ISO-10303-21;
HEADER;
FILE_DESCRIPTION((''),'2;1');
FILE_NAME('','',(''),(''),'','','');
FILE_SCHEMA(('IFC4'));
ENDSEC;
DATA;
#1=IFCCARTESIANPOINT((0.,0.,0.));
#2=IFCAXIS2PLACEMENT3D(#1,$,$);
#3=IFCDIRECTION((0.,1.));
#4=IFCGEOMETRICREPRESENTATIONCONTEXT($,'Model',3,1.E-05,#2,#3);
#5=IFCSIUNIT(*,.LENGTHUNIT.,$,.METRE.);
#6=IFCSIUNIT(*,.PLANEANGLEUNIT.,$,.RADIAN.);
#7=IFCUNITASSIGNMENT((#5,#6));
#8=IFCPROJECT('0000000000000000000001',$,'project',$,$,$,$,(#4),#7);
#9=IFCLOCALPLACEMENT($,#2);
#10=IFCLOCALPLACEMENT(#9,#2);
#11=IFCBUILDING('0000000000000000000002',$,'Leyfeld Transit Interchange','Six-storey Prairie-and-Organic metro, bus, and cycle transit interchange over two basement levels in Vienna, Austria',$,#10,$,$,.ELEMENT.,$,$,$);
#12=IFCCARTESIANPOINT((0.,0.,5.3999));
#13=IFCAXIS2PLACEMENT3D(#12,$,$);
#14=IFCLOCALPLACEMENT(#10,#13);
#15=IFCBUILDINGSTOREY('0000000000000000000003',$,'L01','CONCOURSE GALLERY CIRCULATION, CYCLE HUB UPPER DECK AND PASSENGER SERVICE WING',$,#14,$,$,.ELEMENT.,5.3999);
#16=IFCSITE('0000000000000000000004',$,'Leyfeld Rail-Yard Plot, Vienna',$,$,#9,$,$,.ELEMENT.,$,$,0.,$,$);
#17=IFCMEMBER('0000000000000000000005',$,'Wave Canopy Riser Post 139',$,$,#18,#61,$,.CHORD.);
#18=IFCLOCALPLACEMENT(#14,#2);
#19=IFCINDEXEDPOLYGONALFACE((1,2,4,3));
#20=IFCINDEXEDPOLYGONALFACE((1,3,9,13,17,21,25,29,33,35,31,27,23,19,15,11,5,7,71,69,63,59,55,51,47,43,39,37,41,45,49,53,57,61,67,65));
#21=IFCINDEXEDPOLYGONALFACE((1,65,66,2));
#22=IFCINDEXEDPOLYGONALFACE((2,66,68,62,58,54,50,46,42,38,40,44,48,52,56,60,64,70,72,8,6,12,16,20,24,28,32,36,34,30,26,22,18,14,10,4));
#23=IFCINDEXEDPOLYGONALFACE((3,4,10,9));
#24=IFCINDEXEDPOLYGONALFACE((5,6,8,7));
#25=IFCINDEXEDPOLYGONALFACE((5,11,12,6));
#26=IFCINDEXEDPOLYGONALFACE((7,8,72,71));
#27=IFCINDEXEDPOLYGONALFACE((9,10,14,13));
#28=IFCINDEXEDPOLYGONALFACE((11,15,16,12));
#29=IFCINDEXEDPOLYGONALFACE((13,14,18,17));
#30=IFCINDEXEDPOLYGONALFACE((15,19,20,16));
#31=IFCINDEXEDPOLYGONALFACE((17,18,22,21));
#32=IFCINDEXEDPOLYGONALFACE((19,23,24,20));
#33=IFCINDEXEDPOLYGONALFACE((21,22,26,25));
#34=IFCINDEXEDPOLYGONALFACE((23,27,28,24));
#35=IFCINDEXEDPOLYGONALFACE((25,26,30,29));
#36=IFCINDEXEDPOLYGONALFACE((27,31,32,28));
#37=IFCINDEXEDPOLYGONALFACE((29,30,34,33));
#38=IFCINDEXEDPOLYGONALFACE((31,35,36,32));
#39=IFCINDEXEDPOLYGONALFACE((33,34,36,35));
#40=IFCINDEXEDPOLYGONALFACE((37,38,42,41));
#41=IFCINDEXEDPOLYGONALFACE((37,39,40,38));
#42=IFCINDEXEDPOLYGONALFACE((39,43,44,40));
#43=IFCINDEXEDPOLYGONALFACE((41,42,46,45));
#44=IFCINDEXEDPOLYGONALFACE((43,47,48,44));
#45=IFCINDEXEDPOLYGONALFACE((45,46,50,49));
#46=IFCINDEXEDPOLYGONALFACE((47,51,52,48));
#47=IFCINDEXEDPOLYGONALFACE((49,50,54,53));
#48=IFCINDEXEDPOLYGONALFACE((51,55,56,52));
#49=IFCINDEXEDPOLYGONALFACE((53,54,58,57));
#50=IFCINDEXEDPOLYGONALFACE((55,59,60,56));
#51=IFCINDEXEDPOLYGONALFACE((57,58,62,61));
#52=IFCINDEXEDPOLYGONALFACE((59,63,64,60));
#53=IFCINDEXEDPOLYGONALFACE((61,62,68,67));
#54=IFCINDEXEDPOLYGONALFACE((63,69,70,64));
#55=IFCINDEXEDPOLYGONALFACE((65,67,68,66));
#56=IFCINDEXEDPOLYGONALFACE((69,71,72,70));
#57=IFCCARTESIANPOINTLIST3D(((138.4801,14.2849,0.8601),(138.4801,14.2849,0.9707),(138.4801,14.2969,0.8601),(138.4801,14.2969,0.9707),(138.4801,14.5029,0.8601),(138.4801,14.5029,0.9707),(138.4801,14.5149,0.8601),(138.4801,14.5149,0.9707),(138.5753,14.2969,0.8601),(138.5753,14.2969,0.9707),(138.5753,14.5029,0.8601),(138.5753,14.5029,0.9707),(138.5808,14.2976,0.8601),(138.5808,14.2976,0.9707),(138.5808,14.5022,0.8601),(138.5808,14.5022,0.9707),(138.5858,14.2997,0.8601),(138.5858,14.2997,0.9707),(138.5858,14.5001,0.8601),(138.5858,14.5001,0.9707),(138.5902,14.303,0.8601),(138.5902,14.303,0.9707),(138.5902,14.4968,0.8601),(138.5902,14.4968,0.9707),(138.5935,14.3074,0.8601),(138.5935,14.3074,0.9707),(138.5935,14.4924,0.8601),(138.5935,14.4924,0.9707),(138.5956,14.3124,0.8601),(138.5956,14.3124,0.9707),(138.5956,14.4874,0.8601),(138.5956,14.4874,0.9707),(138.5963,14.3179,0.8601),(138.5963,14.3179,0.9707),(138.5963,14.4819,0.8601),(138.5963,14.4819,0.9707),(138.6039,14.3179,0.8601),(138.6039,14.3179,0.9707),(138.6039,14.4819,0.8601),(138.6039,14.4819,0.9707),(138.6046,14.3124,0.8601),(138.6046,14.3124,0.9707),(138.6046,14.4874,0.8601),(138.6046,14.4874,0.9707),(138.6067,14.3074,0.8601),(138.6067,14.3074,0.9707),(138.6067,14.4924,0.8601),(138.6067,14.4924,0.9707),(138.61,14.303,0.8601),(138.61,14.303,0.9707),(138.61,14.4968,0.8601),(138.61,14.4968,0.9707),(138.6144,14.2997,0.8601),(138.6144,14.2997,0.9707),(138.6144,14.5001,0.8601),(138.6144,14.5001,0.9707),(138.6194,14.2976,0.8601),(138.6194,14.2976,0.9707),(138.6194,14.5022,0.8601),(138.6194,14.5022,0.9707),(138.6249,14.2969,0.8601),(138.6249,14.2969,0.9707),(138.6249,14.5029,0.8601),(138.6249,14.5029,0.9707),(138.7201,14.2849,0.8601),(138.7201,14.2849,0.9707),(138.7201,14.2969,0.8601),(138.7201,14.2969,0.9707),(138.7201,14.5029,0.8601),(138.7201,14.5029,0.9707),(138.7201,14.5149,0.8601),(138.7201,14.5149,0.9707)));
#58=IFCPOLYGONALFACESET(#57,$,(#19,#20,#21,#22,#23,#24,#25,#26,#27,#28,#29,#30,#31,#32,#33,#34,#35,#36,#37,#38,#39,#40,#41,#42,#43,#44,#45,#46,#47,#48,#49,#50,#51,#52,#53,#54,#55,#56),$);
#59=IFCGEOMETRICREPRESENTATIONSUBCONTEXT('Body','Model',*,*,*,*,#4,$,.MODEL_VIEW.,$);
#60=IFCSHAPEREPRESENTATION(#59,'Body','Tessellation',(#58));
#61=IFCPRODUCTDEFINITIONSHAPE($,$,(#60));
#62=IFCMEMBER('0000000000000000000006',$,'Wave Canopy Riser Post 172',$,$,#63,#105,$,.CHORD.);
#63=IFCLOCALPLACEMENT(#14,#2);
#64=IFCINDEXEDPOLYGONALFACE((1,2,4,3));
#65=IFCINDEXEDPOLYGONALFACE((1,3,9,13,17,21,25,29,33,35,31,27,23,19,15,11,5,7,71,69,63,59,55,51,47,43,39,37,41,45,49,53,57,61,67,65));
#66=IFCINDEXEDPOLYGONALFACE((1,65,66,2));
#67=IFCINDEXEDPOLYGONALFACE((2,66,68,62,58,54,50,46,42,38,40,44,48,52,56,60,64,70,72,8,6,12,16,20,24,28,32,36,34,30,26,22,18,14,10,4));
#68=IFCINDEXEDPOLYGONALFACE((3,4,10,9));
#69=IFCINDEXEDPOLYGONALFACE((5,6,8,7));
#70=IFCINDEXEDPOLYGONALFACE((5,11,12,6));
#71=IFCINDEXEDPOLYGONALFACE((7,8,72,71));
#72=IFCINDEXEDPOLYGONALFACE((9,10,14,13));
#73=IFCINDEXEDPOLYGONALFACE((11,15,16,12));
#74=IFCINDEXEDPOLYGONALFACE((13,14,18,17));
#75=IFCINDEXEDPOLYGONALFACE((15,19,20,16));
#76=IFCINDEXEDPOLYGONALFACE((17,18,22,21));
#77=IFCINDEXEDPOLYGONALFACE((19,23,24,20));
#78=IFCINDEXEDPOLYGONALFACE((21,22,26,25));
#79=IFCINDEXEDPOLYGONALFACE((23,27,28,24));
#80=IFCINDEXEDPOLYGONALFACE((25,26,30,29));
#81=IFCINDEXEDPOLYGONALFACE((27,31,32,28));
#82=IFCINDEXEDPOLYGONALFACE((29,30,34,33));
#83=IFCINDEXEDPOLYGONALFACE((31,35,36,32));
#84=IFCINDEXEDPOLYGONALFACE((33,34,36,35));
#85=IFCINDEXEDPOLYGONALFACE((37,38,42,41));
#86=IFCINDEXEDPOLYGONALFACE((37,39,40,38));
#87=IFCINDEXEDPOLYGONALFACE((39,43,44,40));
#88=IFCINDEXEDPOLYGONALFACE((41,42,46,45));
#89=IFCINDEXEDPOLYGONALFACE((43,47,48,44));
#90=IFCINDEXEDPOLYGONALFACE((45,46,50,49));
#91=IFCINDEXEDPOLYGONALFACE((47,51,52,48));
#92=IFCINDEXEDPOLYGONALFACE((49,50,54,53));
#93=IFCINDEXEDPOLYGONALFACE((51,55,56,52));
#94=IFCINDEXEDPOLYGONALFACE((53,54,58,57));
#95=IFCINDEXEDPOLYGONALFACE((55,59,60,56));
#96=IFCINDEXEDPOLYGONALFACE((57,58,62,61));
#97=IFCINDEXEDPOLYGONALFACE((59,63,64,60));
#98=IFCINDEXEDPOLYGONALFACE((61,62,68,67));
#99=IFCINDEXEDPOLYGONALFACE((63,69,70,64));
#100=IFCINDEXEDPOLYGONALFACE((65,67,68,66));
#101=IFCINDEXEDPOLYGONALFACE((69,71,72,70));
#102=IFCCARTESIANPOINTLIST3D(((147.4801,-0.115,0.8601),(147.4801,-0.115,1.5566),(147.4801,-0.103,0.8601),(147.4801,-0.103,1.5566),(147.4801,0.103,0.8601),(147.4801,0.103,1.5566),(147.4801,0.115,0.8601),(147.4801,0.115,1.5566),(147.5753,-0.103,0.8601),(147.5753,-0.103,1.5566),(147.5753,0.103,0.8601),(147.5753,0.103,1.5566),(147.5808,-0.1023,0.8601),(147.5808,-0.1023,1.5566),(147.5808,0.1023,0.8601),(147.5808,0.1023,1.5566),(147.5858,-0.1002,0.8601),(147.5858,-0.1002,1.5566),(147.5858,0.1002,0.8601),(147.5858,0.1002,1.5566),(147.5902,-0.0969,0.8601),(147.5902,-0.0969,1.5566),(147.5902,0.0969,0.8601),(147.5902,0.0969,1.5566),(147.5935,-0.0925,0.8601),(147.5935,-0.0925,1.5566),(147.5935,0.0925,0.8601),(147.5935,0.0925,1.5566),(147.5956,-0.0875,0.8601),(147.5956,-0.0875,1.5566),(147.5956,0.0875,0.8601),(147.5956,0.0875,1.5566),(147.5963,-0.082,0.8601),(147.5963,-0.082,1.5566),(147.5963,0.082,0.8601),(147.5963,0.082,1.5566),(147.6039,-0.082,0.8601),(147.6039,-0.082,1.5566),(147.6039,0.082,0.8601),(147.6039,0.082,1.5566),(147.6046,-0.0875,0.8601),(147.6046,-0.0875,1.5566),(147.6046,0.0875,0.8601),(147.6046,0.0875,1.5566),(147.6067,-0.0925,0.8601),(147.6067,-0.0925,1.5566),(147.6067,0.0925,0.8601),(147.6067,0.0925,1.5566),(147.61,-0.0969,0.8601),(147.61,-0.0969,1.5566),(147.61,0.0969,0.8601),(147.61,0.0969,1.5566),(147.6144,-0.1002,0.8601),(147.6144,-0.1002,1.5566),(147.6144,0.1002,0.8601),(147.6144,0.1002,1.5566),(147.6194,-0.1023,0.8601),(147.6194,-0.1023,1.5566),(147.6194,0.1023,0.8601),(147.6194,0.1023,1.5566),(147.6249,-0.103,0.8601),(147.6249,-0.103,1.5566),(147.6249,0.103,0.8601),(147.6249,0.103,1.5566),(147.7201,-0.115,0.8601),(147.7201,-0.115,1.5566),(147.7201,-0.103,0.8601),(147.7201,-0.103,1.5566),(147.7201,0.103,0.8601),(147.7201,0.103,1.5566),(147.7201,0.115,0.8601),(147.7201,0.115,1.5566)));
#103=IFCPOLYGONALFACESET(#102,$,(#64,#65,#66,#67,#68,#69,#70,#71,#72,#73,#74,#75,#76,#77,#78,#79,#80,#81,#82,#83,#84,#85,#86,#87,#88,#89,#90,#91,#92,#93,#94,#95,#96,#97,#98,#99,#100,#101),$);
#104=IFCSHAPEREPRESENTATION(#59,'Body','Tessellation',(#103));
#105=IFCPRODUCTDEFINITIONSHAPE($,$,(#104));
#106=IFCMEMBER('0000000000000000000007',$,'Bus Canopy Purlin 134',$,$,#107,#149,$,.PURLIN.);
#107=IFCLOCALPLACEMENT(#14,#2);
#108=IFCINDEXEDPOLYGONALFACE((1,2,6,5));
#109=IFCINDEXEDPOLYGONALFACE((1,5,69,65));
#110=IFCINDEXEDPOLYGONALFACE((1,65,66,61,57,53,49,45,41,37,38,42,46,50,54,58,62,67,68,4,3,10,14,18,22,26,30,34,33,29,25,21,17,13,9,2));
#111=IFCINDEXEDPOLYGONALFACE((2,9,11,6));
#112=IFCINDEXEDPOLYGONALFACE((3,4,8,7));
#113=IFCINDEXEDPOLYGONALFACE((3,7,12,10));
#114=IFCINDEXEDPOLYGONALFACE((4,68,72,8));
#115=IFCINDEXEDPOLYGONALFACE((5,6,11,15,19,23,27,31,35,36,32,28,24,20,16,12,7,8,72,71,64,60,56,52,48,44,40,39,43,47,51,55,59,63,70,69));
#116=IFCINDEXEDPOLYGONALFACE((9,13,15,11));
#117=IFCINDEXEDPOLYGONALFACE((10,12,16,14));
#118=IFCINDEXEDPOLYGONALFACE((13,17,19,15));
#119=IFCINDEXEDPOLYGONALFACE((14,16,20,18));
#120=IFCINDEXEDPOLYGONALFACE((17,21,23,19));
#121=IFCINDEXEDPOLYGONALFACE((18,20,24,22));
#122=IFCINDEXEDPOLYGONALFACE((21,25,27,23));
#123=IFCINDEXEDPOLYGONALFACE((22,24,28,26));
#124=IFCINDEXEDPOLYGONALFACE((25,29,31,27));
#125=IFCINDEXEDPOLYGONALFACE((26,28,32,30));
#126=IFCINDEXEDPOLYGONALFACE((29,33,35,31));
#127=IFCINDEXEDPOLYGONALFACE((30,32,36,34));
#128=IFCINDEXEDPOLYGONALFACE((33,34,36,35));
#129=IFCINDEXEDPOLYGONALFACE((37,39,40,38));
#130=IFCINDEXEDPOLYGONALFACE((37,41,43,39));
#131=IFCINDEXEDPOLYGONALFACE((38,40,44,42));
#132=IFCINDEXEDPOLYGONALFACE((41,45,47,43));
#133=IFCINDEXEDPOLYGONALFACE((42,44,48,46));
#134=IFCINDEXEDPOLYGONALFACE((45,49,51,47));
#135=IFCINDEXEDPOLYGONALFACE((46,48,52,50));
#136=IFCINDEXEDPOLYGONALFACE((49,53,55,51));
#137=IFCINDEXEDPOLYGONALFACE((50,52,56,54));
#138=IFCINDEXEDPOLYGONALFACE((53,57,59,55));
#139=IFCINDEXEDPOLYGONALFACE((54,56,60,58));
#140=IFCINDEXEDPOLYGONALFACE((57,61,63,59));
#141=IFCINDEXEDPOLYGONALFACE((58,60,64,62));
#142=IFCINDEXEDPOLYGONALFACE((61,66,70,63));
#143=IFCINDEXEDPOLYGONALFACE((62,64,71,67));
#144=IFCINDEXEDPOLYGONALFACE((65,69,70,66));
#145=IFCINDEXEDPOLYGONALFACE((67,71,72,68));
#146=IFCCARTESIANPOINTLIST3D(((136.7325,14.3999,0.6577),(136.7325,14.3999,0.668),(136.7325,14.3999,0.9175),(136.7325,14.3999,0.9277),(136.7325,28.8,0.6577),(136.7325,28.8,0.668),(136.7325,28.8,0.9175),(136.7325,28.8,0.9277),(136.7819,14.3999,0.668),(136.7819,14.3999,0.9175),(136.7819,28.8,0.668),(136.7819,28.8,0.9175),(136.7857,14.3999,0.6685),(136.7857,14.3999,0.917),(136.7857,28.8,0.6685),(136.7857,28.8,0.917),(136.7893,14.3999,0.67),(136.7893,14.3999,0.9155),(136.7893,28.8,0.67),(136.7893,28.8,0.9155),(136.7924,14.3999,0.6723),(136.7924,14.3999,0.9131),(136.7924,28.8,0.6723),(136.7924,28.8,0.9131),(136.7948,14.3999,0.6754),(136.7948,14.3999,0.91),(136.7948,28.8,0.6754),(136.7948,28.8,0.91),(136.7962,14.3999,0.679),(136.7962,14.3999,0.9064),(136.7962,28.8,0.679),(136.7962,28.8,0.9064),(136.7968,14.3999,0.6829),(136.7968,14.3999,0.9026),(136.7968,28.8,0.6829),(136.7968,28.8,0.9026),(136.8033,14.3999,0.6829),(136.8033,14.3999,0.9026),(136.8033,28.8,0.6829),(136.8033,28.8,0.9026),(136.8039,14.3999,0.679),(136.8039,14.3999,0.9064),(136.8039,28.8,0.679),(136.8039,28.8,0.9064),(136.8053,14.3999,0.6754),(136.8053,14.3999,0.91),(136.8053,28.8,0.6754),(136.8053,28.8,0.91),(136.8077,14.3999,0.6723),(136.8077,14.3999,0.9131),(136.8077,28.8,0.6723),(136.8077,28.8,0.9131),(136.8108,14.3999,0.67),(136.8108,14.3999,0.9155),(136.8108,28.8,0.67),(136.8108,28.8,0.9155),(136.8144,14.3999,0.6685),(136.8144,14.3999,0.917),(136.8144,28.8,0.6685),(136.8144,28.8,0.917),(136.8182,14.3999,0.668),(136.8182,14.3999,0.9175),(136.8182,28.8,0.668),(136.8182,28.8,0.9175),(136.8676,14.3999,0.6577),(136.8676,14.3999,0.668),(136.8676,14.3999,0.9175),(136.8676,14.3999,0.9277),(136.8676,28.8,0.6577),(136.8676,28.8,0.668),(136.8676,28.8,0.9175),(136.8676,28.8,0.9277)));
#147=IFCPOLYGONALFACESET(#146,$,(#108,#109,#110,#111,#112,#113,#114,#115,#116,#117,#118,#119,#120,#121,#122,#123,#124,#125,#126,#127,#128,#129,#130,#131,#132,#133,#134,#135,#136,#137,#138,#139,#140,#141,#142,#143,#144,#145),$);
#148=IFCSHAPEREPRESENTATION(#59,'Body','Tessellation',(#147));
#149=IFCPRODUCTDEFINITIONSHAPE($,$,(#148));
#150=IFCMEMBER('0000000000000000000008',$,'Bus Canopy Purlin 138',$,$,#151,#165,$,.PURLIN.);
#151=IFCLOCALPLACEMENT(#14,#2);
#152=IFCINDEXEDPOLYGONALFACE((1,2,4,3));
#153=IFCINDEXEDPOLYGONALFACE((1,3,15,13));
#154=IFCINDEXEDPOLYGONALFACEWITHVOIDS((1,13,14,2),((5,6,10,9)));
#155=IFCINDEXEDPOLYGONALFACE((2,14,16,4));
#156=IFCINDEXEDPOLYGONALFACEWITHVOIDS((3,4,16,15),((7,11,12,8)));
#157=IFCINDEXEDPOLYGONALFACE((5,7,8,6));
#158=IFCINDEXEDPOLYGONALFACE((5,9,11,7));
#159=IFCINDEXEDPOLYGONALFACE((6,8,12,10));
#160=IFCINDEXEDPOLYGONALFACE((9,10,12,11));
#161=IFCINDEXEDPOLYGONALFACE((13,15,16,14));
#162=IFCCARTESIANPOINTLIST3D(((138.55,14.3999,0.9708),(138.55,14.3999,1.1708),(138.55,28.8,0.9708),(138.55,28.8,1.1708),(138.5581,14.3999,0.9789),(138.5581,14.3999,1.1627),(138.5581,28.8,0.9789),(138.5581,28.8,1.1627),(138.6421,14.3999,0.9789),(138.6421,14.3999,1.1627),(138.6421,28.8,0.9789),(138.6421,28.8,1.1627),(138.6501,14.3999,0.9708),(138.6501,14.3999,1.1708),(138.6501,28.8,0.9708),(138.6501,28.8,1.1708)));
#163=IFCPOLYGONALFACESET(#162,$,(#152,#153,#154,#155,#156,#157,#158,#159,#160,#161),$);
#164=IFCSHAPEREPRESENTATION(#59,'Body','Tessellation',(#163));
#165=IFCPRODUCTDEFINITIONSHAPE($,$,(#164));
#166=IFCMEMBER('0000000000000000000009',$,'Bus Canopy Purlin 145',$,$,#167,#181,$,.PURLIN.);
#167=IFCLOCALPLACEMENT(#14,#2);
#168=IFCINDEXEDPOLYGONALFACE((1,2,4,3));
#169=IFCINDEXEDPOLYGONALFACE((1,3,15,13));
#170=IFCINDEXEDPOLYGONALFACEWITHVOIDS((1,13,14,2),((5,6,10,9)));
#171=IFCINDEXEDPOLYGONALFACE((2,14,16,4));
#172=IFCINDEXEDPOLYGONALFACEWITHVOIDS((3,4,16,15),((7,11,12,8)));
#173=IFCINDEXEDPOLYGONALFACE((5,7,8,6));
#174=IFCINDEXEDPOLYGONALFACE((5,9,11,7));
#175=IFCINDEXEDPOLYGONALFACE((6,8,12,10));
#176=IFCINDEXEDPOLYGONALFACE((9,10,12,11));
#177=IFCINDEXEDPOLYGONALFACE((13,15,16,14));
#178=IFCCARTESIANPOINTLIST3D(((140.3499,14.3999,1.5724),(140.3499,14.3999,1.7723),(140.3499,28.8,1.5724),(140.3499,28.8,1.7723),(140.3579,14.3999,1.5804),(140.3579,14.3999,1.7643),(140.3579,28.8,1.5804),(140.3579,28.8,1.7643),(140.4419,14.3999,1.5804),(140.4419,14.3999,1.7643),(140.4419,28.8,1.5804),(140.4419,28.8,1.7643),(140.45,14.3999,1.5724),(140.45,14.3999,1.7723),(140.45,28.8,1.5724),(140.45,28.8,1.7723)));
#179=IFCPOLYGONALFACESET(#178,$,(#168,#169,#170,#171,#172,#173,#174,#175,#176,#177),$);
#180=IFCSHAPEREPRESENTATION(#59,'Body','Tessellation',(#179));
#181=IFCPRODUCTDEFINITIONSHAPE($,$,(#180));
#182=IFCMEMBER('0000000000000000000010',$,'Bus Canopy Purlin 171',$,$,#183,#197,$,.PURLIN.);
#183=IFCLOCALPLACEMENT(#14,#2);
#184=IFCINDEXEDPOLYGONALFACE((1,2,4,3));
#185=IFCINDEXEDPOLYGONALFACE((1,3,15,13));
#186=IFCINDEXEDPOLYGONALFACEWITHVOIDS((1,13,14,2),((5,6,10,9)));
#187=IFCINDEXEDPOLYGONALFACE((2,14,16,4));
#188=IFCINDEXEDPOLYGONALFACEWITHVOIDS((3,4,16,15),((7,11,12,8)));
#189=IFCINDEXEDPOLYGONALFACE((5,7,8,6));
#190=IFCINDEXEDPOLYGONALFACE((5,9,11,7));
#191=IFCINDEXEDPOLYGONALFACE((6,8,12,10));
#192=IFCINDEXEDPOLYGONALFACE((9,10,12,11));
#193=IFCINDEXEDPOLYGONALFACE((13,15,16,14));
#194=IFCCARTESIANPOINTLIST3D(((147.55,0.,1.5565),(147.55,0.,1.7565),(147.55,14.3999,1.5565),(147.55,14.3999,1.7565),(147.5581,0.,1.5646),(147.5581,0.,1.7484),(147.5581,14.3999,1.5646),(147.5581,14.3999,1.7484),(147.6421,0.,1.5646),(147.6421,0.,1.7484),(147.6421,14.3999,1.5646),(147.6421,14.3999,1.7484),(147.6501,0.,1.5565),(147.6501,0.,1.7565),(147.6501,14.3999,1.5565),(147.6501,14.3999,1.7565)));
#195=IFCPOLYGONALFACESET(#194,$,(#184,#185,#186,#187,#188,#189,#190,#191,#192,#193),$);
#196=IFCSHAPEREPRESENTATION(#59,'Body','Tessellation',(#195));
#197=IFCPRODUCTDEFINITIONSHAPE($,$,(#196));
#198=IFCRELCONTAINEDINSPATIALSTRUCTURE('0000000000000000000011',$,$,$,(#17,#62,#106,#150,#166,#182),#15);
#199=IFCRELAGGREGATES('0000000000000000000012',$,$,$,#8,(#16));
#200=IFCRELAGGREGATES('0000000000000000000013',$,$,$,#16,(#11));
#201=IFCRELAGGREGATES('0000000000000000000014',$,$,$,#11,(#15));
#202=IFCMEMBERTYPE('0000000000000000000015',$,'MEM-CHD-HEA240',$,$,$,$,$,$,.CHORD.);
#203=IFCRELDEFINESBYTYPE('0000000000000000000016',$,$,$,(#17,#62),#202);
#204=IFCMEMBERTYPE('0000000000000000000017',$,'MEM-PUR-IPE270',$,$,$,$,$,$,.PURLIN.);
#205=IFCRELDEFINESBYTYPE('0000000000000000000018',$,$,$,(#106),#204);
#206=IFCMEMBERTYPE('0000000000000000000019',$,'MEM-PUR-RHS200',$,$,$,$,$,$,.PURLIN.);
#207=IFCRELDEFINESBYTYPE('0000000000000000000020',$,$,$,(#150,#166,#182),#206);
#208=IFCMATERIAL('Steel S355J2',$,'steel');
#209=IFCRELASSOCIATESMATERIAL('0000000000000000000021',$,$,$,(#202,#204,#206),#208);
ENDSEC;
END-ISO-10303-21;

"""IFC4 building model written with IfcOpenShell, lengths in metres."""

from ifc_helpers import new_model, si_unit, direction, frame, origin, origin_2d, place, context, subcontext, project, spatial, hollow_rectangle, i_section, extrude, material, material_profile, profile_set, type_object, element, save


model = new_model("IFC4")

# Units and contexts
model_context = context("Model", 3, precision=1e-05, world=origin(), true_north=direction((0.0, 1.0)))
body_context = subcontext(model_context, "Body", "Model", "MODEL_VIEW")
ifc_project = project(units=[si_unit("LENGTHUNIT", "METRE"), si_unit("PLANEANGLEUNIT", "RADIAN")], contexts=[model_context])

# Site, building, storey
site_placement = place(None, origin())
site = spatial("IfcSite", under=ifc_project, at=site_placement, Name="Leyfeld Rail-Yard Plot, Vienna", CompositionType="ELEMENT", RefElevation=0.0)
building_placement = place(site_placement, origin())
building = spatial("IfcBuilding", under=site, at=building_placement, Name="Leyfeld Transit Interchange", Description="Six-storey Prairie-and-Organic metro, bus, and cycle transit interchange over two basement levels in Vienna, Austria", CompositionType="ELEMENT")
storey_placement = place(building_placement, frame((0.0, 0.0, 5.3999)))
storey = spatial("IfcBuildingStorey", under=building, at=storey_placement, Name="L01", Description="CONCOURSE GALLERY CIRCULATION, CYCLE HUB UPPER DECK AND PASSENGER SERVICE WING", CompositionType="ELEMENT", Elevation=5.3999)

# Members
ifc_material_1 = material(Name="Steel S355J2", Category="steel")
ifc_material_profile_1 = material_profile(ifc_material_1, i_section(OverallWidth=0.24, OverallDepth=0.23, WebThickness=0.0076, FlangeThickness=0.012, FilletRadius=0.021, at=origin_2d()), Name="HEA 240")
ifc_profile_set_1 = profile_set([ifc_material_profile_1], Name="Steel S355J2")
member_type_1 = type_object("IfcMemberType", Name="MEM-CHD-HEA240", PredefinedType="CHORD", material=ifc_profile_set_1)
member_1_placement = place(storey_placement, frame((138.6001, 14.3999, 0.8601), z_axis=(0.0, 0.0, 1.0), x_axis=(1.0, 0.0, 0.0)))
element("IfcMember", 1, at=member_1_placement, inside=storey, type_object=member_type_1, Name="Wave Canopy Riser Post 139", PredefinedType="CHORD", context=body_context, shape_type="SweptSolid", body=[
    extrude(i_section(OverallWidth=0.24, OverallDepth=0.23, WebThickness=0.0076, FlangeThickness=0.012, FilletRadius=0.021, at=origin_2d()), origin(), (0.0, 0.0, 1.0), 0.1106),
])
member_2_placement = place(storey_placement, frame((147.6001, 0.0, 0.8601), z_axis=(0.0, 0.0, 1.0), x_axis=(1.0, 0.0, 0.0)))
element("IfcMember", 2, at=member_2_placement, inside=storey, type_object=member_type_1, Name="Wave Canopy Riser Post 172", PredefinedType="CHORD", context=body_context, shape_type="SweptSolid", body=[
    extrude(i_section(OverallWidth=0.24, OverallDepth=0.23, WebThickness=0.0076, FlangeThickness=0.012, FilletRadius=0.021, at=origin_2d()), origin(), (0.0, 0.0, 1.0), 0.6965),
])
ifc_material_profile_2 = material_profile(ifc_material_1, i_section(OverallWidth=0.135, OverallDepth=0.27, WebThickness=0.0066, FlangeThickness=0.0103, FilletRadius=0.0149, at=origin_2d()), Name="IPE 270")
ifc_profile_set_2 = profile_set([ifc_material_profile_2], Name="Steel S355J2")
member_type_2 = type_object("IfcMemberType", Name="MEM-PUR-IPE270", PredefinedType="PURLIN", material=ifc_profile_set_2)
member_3_placement = place(storey_placement, frame((136.8, 14.3999, 0.7927), z_axis=(0.0, 1.0, 0.0), x_axis=(-1.0, 0.0, 0.0)))
element("IfcMember", 3, at=member_3_placement, inside=storey, type_object=member_type_2, Name="Bus Canopy Purlin 134", PredefinedType="PURLIN", context=body_context, shape_type="SweptSolid", body=[
    extrude(i_section(OverallWidth=0.135, OverallDepth=0.27, WebThickness=0.0066, FlangeThickness=0.0103, FilletRadius=0.0149, at=origin_2d()), origin(), (0.0, 0.0, 1.0), 14.4001),
])
ifc_material_profile_3 = material_profile(ifc_material_1, hollow_rectangle(XDim=0.1001, YDim=0.2, WallThickness=0.0081, at=origin_2d()), Name="RHS 200x100x8")
ifc_profile_set_3 = profile_set([ifc_material_profile_3], Name="Steel S355J2")
member_type_3 = type_object("IfcMemberType", Name="MEM-PUR-RHS200", PredefinedType="PURLIN", material=ifc_profile_set_3)
for number, where, z_axis, x_axis, name in (
    (4, (138.6001, 14.3999, 1.0708), (0.0, 1.0, 0.0), (-1.0, 0.0, 0.0), "Bus Canopy Purlin 138"),
    (5, (140.3999, 14.3999, 1.6724), (0.0, 1.0, 0.0), (-1.0, 0.0, 0.0), "Bus Canopy Purlin 145"),
):
    element("IfcMember", number, at=place(storey_placement, frame(where, z_axis=z_axis, x_axis=x_axis)), inside=storey, type_object=member_type_3, Name=name, PredefinedType="PURLIN", context=body_context, shape_type="SweptSolid", body=[
        extrude(hollow_rectangle(XDim=0.1001, YDim=0.2, WallThickness=0.0081, at=origin_2d()), origin(), (0.0, 0.0, 1.0), 14.4001),
    ])
member_4_placement = place(storey_placement, frame((147.6001, 0.0, 1.6565), z_axis=(0.0, 1.0, 0.0), x_axis=(-1.0, 0.0, 0.0)))
element("IfcMember", 6, at=member_4_placement, inside=storey, type_object=member_type_3, Name="Bus Canopy Purlin 171", PredefinedType="PURLIN", context=body_context, shape_type="SweptSolid", body=[
    extrude(hollow_rectangle(XDim=0.1001, YDim=0.2, WallThickness=0.0081, at=origin_2d()), origin(), (0.0, 0.0, 1.0), 14.3999),
])

save(model, "model.ifc")
